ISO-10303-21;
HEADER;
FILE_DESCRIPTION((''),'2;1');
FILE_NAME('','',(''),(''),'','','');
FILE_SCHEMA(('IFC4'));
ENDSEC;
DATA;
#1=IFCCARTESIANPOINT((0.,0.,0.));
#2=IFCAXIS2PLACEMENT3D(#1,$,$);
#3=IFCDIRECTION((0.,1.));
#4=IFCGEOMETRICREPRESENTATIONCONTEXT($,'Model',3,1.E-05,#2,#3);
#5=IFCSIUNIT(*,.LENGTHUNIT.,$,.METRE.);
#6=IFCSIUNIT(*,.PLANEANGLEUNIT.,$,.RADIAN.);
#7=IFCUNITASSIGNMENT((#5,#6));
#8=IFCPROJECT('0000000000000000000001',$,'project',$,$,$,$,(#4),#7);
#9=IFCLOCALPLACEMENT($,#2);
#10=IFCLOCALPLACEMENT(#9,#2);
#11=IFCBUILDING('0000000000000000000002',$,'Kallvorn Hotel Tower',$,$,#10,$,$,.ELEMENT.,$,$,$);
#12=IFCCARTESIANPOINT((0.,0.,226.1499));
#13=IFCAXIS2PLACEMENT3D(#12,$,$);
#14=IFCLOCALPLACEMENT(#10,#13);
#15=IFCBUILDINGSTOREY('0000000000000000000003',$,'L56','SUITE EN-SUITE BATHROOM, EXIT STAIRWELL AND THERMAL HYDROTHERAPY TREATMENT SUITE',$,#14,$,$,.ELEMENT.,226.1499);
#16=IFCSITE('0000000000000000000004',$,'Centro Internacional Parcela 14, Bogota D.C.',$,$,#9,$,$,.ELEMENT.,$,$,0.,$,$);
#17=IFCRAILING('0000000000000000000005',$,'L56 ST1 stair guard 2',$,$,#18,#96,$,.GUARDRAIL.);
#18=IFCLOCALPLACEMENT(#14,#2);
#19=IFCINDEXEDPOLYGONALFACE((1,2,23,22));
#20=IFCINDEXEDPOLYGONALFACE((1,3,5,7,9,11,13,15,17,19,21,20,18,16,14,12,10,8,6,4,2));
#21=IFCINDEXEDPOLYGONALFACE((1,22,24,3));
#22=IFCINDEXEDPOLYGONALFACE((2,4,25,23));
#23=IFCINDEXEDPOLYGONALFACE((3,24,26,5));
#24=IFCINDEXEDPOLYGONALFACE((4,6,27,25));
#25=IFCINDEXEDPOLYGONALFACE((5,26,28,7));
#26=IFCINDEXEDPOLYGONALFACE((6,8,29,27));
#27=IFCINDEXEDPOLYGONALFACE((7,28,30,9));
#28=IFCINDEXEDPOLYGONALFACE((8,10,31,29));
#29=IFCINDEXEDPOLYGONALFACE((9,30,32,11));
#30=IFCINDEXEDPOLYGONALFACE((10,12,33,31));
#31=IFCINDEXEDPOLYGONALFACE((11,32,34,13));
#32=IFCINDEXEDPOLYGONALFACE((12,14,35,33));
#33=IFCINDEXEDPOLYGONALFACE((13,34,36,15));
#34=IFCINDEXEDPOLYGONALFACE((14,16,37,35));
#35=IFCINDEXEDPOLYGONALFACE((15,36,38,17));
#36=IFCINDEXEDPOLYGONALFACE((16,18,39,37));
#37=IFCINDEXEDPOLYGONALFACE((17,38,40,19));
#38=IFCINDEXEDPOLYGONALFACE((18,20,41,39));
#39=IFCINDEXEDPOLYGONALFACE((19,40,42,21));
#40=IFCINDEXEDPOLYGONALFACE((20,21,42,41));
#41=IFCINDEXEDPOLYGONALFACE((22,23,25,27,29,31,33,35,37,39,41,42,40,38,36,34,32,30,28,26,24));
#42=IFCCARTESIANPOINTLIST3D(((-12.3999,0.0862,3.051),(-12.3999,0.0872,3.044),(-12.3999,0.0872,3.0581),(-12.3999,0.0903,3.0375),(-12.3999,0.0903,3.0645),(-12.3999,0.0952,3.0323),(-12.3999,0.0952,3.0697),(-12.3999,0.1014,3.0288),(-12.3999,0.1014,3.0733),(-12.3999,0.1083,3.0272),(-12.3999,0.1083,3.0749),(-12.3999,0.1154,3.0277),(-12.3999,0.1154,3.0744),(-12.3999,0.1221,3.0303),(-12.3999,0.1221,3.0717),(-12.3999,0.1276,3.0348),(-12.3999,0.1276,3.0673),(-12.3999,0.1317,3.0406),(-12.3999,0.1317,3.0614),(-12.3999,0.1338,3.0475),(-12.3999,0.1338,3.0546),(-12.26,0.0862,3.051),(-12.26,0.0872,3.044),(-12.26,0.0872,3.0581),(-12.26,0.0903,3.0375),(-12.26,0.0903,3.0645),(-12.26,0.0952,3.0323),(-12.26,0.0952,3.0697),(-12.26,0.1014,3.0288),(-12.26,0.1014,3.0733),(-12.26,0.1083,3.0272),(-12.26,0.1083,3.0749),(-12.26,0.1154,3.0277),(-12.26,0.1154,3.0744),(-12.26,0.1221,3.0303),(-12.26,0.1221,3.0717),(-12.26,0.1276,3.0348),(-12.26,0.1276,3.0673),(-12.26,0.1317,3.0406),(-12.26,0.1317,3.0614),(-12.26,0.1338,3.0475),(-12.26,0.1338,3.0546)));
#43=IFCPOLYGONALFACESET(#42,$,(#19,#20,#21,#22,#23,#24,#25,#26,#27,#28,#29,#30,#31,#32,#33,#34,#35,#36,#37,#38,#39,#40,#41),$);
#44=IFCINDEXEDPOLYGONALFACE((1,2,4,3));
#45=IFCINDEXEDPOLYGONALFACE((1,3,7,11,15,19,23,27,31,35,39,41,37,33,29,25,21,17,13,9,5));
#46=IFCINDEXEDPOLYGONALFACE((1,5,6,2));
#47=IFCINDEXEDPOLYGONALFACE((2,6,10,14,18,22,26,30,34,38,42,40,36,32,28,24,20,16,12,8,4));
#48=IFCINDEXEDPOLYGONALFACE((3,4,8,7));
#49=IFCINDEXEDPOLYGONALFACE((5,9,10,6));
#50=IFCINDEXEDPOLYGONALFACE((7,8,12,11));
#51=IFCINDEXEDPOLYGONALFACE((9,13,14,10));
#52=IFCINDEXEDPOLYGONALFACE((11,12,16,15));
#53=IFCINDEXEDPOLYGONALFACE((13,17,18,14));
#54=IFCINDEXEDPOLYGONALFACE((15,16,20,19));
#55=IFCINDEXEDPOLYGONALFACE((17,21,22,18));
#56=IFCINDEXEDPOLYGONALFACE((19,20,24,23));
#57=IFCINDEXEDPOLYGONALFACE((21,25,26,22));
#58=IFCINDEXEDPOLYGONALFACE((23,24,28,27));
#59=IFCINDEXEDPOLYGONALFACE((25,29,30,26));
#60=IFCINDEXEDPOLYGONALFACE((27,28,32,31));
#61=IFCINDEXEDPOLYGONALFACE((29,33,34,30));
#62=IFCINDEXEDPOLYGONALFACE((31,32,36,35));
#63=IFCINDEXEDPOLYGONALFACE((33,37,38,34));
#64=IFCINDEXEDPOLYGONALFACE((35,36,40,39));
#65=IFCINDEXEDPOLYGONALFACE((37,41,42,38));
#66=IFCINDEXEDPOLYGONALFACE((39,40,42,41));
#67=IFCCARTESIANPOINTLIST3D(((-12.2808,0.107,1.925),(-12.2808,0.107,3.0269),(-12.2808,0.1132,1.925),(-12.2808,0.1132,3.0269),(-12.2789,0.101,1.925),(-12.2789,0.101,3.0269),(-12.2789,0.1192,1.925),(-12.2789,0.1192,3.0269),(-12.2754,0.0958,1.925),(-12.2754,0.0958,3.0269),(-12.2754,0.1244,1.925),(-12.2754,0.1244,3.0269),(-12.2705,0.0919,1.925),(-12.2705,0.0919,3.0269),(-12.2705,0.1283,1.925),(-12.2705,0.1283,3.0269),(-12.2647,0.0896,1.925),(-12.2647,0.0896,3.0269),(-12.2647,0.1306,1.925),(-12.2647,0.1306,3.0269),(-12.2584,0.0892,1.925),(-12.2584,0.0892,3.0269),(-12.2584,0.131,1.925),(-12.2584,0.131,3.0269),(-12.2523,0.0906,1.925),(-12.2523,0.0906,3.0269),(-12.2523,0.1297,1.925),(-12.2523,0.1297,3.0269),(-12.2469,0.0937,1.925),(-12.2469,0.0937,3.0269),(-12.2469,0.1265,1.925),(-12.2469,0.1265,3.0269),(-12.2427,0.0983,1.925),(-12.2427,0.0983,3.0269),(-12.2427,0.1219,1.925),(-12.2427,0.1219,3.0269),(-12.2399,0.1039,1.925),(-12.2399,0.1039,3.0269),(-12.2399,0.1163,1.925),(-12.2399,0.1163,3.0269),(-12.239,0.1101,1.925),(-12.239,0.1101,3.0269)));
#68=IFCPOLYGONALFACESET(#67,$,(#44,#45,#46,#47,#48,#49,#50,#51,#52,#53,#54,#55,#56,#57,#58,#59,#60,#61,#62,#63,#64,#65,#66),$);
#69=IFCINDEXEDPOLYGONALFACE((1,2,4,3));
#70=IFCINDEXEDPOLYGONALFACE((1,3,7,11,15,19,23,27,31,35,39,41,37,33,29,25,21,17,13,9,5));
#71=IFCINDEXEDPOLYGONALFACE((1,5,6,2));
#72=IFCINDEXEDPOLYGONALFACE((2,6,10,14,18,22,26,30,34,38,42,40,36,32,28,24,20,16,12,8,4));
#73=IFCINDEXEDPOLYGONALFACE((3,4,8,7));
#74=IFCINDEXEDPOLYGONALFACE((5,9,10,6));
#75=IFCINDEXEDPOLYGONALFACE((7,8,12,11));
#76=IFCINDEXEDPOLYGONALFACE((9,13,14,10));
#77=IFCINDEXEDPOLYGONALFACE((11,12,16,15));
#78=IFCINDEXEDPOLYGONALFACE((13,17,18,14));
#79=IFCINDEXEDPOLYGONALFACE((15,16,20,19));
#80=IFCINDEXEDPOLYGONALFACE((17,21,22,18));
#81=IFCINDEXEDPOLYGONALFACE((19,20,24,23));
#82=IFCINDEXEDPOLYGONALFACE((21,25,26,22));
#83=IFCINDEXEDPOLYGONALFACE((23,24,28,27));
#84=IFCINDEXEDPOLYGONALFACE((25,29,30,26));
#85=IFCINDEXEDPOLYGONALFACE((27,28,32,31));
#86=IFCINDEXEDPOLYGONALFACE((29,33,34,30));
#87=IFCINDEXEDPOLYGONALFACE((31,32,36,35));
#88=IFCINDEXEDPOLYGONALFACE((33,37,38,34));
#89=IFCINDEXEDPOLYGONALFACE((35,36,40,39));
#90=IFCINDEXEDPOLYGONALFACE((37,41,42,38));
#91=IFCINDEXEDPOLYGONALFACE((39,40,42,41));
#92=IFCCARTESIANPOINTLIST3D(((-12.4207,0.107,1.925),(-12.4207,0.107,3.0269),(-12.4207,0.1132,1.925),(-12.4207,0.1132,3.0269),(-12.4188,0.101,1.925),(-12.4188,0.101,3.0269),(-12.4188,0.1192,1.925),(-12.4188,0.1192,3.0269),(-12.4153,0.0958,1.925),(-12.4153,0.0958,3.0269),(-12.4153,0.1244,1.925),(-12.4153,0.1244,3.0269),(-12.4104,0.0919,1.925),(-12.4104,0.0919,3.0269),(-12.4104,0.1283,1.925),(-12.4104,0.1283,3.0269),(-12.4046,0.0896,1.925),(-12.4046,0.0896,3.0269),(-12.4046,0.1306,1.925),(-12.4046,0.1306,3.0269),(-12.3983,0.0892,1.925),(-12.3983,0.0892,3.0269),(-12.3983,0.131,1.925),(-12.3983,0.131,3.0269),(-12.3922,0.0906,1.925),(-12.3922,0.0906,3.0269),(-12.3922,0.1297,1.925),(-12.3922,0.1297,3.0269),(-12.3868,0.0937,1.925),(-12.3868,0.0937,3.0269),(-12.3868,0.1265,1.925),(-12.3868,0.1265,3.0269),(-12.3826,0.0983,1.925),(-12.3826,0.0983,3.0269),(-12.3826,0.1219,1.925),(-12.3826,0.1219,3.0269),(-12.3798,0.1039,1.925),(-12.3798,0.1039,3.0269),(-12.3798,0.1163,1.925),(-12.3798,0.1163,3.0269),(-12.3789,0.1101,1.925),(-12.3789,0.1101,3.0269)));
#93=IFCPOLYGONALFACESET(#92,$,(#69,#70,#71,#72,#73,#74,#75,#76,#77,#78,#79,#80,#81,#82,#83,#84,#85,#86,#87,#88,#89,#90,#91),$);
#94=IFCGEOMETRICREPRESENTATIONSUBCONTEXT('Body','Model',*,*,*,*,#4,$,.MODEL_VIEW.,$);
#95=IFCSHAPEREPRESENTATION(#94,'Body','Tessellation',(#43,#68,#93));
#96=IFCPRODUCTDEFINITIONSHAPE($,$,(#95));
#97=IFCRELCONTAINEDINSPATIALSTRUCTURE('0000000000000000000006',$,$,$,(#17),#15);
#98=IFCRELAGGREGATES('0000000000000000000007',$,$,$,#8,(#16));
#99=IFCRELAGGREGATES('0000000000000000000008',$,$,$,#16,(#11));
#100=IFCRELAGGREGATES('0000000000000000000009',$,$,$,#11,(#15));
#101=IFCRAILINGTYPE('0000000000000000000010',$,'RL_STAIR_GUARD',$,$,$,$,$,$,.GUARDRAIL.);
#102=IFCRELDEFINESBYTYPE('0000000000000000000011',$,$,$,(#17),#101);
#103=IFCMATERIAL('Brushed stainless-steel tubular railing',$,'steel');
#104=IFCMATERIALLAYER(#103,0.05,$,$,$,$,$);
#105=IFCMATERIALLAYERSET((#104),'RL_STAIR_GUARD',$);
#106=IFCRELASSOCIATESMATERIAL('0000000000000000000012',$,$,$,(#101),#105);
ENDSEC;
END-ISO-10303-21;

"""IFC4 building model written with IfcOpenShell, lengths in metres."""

from ifc_helpers import new_model, si_unit, direction, frame, origin, origin_2d, place, context, subcontext, project, spatial, circle, extrude, material, layer, layer_set, type_object, element, save


model = new_model("IFC4")

# Units and contexts
model_context = context("Model", 3, precision=1e-05, world=origin(), true_north=direction((0.0, 1.0)))
body_context = subcontext(model_context, "Body", "Model", "MODEL_VIEW")
ifc_project = project(units=[si_unit("LENGTHUNIT", "METRE"), si_unit("PLANEANGLEUNIT", "RADIAN")], contexts=[model_context])

# Site, building, storey
site_placement = place(None, origin())
site = spatial("IfcSite", under=ifc_project, at=site_placement, Name="Centro Internacional Parcela 14, Bogota D.C.", CompositionType="ELEMENT", RefElevation=0.0)
building_placement = place(site_placement, origin())
building = spatial("IfcBuilding", under=site, at=building_placement, Name="Kallvorn Hotel Tower", CompositionType="ELEMENT")
storey_placement = place(building_placement, frame((0.0, 0.0, 226.1499)))
storey = spatial("IfcBuildingStorey", under=building, at=storey_placement, Name="L56", Description="SUITE EN-SUITE BATHROOM, EXIT STAIRWELL AND THERMAL HYDROTHERAPY TREATMENT SUITE", CompositionType="ELEMENT", Elevation=226.1499)

# Railing
ifc_material_1 = material(Name="Brushed stainless-steel tubular railing", Category="steel")
ifc_layer_1 = layer(ifc_material_1, 0.05)
ifc_layer_set_1 = layer_set([ifc_layer_1], Name="RL_STAIR_GUARD")
railing_type_1 = type_object("IfcRailingType", Name="RL_STAIR_GUARD", PredefinedType="GUARDRAIL", material=ifc_layer_set_1)
railing_1_placement = place(storey_placement, frame((-12.26, 0.1101, 1.925)))
element("IfcRailing", 1, at=railing_1_placement, inside=storey, type_object=railing_type_1, Name="L56 ST1 stair guard 2", PredefinedType="GUARDRAIL", context=body_context, shape_type="SweptSolid", body=[
    extrude(circle(Radius=0.0239, at=origin_2d()), frame((0.0, 0.0, 1.126), z_axis=(-1.0, 0.0, 0.0), x_axis=(0.0, -1.0, 0.0)), (0.0, 0.0, 1.0), 0.1399),
    extrude(circle(Radius=0.021, at=origin_2d()), origin(), (0.0, 0.0, 1.0), 1.1018),
    extrude(circle(Radius=0.021, at=origin_2d()), frame((-0.1399, 0.0, 0.0)), (0.0, 0.0, 1.0), 1.1018),
])

save(model, "model.ifc")
